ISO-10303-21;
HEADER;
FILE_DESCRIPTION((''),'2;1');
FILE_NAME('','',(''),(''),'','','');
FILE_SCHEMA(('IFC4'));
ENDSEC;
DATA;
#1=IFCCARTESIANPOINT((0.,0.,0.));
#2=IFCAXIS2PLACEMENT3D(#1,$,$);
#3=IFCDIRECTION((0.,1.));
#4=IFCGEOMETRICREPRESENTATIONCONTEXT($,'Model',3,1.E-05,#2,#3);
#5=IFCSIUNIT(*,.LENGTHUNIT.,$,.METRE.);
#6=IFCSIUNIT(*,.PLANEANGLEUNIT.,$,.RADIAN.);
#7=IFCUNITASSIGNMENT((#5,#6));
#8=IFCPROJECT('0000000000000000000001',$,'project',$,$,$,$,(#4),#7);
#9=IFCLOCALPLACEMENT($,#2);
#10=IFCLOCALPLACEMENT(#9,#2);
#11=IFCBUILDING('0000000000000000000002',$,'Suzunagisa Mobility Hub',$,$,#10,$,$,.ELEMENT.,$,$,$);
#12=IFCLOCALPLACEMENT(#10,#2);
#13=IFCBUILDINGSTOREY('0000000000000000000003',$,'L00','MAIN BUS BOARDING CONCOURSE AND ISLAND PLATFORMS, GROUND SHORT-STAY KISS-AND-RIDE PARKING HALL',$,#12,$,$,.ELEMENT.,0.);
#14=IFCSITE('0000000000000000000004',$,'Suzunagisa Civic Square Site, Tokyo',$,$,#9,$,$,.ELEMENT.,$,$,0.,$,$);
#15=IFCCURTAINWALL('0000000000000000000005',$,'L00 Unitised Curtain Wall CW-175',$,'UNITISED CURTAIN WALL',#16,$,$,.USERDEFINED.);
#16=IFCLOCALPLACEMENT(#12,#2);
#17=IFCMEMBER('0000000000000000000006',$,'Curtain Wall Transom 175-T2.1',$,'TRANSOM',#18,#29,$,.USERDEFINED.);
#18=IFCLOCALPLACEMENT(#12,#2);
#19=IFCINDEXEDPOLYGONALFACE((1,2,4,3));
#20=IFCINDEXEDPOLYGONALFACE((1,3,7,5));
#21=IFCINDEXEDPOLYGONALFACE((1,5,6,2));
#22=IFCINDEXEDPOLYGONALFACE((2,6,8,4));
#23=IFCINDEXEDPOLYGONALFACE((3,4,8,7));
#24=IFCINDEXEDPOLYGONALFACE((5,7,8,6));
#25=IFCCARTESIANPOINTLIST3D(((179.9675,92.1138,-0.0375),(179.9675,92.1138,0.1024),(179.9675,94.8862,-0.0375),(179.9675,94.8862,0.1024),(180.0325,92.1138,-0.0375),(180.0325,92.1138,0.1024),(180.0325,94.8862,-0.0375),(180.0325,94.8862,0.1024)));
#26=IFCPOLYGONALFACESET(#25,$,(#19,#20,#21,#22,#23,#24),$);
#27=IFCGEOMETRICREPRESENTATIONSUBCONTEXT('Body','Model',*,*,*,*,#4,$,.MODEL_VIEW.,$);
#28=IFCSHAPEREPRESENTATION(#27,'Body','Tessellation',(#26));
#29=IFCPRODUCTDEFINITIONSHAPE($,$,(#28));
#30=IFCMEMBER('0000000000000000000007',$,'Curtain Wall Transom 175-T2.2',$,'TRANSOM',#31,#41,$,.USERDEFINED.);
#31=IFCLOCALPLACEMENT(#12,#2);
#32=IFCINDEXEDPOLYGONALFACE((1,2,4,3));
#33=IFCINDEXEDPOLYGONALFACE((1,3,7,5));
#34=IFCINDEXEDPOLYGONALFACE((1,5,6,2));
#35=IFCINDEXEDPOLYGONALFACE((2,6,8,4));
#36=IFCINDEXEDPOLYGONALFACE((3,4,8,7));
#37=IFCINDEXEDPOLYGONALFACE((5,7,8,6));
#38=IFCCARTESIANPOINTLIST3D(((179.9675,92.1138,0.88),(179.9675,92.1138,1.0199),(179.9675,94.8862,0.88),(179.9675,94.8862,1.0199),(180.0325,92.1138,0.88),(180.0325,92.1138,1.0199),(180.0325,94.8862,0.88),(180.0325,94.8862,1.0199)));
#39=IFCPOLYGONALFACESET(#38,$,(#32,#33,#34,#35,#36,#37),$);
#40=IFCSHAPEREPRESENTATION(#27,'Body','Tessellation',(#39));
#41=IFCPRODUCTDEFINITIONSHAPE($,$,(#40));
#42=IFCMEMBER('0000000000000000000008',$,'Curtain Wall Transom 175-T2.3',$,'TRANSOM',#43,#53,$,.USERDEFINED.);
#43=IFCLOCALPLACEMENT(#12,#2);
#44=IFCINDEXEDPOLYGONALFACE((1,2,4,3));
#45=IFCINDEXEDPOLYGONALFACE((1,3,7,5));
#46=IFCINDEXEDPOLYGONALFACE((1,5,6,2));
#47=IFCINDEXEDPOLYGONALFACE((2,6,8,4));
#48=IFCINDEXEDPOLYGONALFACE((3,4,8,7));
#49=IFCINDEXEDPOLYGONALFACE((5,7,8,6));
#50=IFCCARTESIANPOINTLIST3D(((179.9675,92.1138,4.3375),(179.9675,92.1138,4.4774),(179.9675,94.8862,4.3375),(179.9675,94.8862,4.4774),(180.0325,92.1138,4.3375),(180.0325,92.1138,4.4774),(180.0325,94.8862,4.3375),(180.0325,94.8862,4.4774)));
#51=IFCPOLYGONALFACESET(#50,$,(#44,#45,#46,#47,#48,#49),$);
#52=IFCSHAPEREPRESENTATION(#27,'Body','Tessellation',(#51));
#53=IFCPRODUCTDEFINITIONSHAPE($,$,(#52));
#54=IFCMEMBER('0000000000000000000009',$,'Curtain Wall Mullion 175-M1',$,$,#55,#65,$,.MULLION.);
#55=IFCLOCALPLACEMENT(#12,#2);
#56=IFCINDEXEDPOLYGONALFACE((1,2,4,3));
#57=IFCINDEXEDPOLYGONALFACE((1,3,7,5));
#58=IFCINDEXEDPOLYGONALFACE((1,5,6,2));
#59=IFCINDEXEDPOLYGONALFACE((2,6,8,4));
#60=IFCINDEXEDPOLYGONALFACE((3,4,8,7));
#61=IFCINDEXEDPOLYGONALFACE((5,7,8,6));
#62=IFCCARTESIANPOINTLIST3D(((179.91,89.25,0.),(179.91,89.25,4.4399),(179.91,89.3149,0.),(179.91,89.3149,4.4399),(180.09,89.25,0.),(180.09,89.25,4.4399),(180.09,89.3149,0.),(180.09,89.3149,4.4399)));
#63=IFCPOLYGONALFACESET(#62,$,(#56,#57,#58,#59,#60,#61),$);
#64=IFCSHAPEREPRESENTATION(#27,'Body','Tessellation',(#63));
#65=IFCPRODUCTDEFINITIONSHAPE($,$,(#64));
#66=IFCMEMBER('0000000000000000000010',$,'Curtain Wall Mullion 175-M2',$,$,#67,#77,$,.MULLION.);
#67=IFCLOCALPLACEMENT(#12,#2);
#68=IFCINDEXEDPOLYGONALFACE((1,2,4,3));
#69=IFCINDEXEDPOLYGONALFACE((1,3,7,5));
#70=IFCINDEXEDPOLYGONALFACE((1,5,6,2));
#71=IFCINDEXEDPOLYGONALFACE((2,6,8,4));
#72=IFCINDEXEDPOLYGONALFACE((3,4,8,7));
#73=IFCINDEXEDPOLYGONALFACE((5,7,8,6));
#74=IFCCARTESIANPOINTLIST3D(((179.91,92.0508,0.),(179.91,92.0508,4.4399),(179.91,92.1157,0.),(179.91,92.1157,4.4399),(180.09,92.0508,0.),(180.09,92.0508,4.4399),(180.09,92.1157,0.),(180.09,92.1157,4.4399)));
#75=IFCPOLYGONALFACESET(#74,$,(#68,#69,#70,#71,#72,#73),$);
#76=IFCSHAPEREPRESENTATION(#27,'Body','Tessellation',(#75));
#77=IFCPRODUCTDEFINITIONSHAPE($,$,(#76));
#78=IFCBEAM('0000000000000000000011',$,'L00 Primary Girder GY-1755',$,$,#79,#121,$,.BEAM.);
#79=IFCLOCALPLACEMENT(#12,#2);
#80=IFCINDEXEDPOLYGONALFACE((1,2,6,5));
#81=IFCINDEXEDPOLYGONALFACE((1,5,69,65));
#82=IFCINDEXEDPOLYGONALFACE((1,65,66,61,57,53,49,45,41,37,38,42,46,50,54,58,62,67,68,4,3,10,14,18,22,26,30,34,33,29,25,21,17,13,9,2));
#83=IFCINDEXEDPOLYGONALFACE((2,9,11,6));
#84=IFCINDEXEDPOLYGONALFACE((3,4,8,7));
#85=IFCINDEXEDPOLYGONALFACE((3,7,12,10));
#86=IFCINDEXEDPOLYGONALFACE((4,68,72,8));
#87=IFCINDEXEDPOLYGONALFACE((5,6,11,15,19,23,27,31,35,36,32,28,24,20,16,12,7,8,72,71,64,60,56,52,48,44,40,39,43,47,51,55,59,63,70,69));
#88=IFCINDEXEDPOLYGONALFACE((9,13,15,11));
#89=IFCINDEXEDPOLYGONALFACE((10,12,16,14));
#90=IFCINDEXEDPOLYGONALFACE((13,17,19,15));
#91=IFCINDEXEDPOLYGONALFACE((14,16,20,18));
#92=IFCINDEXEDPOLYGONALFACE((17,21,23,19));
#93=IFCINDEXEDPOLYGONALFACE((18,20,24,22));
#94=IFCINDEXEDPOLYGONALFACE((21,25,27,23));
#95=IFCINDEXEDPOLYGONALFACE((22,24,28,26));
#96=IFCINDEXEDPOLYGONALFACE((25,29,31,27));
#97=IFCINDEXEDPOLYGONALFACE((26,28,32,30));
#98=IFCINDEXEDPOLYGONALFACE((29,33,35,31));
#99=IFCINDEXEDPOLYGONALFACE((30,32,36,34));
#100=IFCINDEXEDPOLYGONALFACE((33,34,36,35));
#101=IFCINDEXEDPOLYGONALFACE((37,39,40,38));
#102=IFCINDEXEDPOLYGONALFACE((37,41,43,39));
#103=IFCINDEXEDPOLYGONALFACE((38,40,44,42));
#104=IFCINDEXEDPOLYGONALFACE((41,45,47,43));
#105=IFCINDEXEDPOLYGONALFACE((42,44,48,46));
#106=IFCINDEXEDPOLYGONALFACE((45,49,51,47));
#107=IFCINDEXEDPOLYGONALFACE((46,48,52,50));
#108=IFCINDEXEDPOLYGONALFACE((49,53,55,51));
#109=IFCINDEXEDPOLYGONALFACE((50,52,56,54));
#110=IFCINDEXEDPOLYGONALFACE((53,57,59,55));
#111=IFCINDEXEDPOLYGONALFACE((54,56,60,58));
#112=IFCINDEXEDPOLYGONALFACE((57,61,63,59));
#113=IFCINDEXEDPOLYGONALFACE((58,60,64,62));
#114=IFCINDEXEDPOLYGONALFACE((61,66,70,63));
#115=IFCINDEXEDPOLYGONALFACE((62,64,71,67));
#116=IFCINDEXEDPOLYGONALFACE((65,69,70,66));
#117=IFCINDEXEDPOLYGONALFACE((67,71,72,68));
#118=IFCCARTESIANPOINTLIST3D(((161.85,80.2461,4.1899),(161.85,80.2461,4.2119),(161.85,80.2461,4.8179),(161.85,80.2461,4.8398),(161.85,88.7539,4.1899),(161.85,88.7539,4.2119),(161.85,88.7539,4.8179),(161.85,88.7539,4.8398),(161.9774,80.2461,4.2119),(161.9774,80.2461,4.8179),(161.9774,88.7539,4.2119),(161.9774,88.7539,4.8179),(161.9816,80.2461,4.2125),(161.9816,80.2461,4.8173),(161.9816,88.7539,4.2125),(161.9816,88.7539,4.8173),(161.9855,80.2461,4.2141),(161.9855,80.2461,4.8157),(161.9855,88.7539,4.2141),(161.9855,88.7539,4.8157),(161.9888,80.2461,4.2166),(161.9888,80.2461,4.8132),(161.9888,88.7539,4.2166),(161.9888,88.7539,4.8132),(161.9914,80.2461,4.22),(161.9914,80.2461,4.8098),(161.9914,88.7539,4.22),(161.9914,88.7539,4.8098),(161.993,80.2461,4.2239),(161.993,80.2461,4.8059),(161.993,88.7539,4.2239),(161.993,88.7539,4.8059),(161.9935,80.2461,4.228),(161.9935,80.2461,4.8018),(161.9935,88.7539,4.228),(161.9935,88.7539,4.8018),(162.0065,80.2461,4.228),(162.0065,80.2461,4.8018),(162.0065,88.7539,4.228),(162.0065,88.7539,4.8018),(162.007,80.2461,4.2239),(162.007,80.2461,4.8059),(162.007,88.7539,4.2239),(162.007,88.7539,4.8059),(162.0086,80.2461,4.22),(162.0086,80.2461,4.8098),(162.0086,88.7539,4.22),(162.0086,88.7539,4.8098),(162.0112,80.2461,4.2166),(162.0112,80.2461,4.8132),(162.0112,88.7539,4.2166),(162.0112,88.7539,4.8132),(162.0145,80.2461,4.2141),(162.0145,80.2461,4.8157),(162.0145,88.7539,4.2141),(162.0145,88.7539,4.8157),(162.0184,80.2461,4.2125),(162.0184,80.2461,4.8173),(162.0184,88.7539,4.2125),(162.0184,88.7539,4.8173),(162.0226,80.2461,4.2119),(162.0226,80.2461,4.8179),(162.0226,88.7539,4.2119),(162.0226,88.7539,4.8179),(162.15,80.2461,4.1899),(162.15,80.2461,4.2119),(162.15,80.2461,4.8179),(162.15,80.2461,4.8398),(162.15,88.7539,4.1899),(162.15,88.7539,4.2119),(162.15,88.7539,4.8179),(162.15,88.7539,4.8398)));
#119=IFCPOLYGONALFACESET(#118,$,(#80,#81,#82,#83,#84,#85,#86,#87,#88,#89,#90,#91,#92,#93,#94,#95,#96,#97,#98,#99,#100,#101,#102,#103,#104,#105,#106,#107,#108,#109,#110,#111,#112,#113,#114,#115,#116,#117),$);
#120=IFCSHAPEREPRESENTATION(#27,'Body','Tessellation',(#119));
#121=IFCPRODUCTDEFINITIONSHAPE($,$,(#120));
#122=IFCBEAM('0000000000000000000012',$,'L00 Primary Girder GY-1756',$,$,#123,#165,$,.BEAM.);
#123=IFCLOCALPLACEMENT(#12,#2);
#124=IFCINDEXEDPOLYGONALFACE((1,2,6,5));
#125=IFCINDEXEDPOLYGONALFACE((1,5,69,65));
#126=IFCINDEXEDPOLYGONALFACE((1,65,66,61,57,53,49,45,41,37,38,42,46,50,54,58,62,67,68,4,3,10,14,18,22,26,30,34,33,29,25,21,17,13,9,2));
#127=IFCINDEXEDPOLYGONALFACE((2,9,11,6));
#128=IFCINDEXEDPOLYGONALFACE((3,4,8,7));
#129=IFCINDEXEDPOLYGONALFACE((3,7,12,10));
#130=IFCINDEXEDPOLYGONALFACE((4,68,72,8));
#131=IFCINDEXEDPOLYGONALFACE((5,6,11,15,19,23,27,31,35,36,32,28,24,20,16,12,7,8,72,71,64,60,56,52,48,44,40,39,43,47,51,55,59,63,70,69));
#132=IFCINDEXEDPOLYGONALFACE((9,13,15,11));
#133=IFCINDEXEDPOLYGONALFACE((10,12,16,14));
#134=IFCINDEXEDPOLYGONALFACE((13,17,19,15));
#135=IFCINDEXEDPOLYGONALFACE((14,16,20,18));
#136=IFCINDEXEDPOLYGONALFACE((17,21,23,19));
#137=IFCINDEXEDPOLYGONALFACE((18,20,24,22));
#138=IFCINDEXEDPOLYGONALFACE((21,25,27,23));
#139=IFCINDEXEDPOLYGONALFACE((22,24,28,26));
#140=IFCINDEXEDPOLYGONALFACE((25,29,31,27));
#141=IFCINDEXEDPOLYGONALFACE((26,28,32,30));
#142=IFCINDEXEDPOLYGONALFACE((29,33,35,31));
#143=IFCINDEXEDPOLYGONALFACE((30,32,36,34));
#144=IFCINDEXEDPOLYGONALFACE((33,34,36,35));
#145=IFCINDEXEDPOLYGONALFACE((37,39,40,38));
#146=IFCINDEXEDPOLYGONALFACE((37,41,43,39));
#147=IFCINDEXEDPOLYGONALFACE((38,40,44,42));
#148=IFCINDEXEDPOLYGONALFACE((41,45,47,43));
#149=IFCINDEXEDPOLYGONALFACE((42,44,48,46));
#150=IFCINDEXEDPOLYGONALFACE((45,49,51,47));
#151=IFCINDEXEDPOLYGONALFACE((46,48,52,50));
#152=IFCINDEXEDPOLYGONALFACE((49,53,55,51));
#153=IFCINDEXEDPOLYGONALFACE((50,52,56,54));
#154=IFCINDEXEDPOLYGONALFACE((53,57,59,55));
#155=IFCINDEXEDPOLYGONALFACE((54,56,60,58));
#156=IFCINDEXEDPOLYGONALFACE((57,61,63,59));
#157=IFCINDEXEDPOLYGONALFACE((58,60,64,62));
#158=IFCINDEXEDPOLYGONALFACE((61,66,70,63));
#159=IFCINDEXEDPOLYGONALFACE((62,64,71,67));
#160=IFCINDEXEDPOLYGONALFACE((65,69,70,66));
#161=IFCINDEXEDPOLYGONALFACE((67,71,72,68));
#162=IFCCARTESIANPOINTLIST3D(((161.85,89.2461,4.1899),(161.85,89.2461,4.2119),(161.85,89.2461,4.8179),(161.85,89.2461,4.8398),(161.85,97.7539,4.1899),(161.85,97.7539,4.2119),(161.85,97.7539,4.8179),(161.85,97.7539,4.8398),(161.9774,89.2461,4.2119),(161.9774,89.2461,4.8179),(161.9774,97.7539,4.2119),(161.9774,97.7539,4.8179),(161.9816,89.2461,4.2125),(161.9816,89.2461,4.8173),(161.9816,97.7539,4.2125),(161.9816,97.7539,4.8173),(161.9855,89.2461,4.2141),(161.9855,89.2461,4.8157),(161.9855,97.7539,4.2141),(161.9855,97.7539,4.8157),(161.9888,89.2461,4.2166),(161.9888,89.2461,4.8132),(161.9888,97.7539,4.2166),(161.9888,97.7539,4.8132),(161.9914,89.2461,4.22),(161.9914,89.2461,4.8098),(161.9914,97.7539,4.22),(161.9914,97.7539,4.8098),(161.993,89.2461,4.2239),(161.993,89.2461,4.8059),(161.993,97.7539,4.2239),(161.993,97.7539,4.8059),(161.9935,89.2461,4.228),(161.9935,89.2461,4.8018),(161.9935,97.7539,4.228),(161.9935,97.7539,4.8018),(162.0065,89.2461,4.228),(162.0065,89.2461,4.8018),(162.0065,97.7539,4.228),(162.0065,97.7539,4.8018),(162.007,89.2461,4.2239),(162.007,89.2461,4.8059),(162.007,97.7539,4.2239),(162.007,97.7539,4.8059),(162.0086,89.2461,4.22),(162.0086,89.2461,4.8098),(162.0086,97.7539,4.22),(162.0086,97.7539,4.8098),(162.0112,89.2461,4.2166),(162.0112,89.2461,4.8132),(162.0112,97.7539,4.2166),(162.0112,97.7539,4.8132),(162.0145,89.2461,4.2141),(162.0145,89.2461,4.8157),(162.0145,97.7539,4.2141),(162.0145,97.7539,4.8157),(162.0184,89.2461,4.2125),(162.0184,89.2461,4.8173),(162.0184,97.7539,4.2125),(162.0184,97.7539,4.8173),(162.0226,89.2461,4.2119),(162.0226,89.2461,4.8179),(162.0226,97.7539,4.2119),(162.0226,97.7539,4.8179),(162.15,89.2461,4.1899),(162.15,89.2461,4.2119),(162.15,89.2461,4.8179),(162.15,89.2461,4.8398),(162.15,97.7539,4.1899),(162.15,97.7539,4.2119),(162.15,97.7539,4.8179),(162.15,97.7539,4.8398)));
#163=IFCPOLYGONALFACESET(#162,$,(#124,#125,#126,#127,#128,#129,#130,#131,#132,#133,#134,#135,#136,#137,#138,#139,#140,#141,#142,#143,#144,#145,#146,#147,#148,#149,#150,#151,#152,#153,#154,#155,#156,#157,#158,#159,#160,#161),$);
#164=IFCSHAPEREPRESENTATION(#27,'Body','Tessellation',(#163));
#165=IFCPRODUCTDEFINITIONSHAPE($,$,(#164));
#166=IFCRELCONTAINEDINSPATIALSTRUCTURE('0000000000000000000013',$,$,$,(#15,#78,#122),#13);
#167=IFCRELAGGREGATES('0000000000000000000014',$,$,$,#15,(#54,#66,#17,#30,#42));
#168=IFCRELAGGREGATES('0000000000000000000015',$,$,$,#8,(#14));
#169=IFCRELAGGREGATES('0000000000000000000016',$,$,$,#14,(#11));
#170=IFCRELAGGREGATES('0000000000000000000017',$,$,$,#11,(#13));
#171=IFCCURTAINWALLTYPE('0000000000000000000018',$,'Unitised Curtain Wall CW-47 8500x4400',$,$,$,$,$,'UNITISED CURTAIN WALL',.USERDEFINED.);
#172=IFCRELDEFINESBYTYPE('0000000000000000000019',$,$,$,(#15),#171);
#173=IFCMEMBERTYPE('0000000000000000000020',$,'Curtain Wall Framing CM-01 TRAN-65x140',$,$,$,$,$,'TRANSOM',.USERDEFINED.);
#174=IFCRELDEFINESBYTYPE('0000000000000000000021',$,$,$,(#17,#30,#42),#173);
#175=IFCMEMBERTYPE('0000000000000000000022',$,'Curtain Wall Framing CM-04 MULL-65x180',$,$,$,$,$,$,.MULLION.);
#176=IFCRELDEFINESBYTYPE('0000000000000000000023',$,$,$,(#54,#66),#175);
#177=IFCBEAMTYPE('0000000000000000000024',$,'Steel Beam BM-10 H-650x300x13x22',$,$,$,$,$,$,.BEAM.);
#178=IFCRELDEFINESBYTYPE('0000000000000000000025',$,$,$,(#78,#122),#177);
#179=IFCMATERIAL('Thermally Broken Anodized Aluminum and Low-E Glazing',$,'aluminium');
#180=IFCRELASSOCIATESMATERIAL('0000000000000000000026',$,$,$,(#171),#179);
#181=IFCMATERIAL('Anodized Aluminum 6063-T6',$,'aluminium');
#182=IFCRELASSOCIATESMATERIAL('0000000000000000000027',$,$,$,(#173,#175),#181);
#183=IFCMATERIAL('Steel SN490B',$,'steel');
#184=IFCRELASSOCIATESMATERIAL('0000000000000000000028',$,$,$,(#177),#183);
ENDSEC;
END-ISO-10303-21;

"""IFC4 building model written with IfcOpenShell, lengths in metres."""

from ifc_helpers import new_model, si_unit, direction, frame, origin, origin_2d, place, context, subcontext, project, spatial, rectangle, i_section, extrude, material, material_profile, profile_set, type_object, element, aggregate, save


model = new_model("IFC4")

# Units and contexts
model_context = context("Model", 3, precision=1e-05, world=origin(), true_north=direction((0.0, 1.0)))
body_context = subcontext(model_context, "Body", "Model", "MODEL_VIEW")
ifc_project = project(units=[si_unit("LENGTHUNIT", "METRE"), si_unit("PLANEANGLEUNIT", "RADIAN")], contexts=[model_context])

# Site, building, storey
site_placement = place(None, origin())
site = spatial("IfcSite", under=ifc_project, at=site_placement, Name="Suzunagisa Civic Square Site, Tokyo", CompositionType="ELEMENT", RefElevation=0.0)
building_placement = place(site_placement, origin())
building = spatial("IfcBuilding", under=site, at=building_placement, Name="Suzunagisa Mobility Hub", CompositionType="ELEMENT")
storey_placement = place(building_placement, origin())
storey = spatial("IfcBuildingStorey", under=building, at=storey_placement, Name="L00", Description="MAIN BUS BOARDING CONCOURSE AND ISLAND PLATFORMS, GROUND SHORT-STAY KISS-AND-RIDE PARKING HALL", CompositionType="ELEMENT", Elevation=0.0)

# Shared definitions
ifc_material_1 = material(Name="Steel SN490B", Category="steel")

# Curtain wall, members
ifc_material_2 = material(Name="Thermally Broken Anodized Aluminum and Low-E Glazing", Category="aluminium")
curtain_wall_type = type_object("IfcCurtainWallType", Name="Unitised Curtain Wall CW-47 8500x4400", ElementType="UNITISED CURTAIN WALL", PredefinedType="USERDEFINED", material=ifc_material_2)
curtain_wall_placement = place(storey_placement, origin())
curtain_wall = element("IfcCurtainWall", 1, at=curtain_wall_placement, inside=storey, type_object=curtain_wall_type, Name="L00 Unitised Curtain Wall CW-175", ObjectType="UNITISED CURTAIN WALL", PredefinedType="USERDEFINED")
ifc_material_3 = material(Name="Anodized Aluminum 6063-T6", Category="aluminium")
ifc_material_profile_1 = material_profile(ifc_material_3, rectangle(XDim=0.0649, YDim=0.1399, at=origin_2d()), Name="TRAN-65x140")
ifc_profile_set_1 = profile_set([ifc_material_profile_1], Name="Anodized Aluminum 6063-T6")
member_type_1 = type_object("IfcMemberType", Name="Curtain Wall Framing CM-01 TRAN-65x140", ElementType="TRANSOM", PredefinedType="USERDEFINED", material=ifc_profile_set_1)
member_1_placement = place(storey_placement, frame((180.0, 92.1138, 0.0325), z_axis=(0.0, 1.0, 0.0), x_axis=(-1.0, 0.0, 0.0)))
member_1 = element("IfcMember", 2, at=member_1_placement, type_object=member_type_1, Name="Curtain Wall Transom 175-T2.1", ObjectType="TRANSOM", PredefinedType="USERDEFINED", context=body_context, shape_type="SweptSolid", body=[
    extrude(rectangle(XDim=0.0649, YDim=0.1399, at=origin_2d()), origin(), (0.0, 0.0, 1.0), 2.7725),
])
member_2_placement = place(storey_placement, frame((180.0, 92.1138, 0.95), z_axis=(0.0, 1.0, 0.0), x_axis=(-1.0, 0.0, 0.0)))
member_2 = element("IfcMember", 3, at=member_2_placement, type_object=member_type_1, Name="Curtain Wall Transom 175-T2.2", ObjectType="TRANSOM", PredefinedType="USERDEFINED", context=body_context, shape_type="SweptSolid", body=[
    extrude(rectangle(XDim=0.0649, YDim=0.1399, at=origin_2d()), origin(), (0.0, 0.0, 1.0), 2.7725),
])
member_3_placement = place(storey_placement, frame((180.0, 92.1138, 4.4075), z_axis=(0.0, 1.0, 0.0), x_axis=(-1.0, 0.0, 0.0)))
member_3 = element("IfcMember", 4, at=member_3_placement, type_object=member_type_1, Name="Curtain Wall Transom 175-T2.3", ObjectType="TRANSOM", PredefinedType="USERDEFINED", context=body_context, shape_type="SweptSolid", body=[
    extrude(rectangle(XDim=0.0649, YDim=0.1399, at=origin_2d()), origin(), (0.0, 0.0, 1.0), 2.7725),
])
ifc_material_profile_2 = material_profile(ifc_material_3, rectangle(XDim=0.0649, YDim=0.1799, at=origin_2d()), Name="MULL-65x180")
ifc_profile_set_2 = profile_set([ifc_material_profile_2], Name="Anodized Aluminum 6063-T6")
member_type_2 = type_object("IfcMemberType", Name="Curtain Wall Framing CM-04 MULL-65x180", PredefinedType="MULLION", material=ifc_profile_set_2)
member_4_placement = place(storey_placement, frame((180.0, 89.2825, 0.0), z_axis=(0.0, 0.0, 1.0), x_axis=(0.0, 1.0, 0.0)))
member_4 = element("IfcMember", 5, at=member_4_placement, type_object=member_type_2, Name="Curtain Wall Mullion 175-M1", PredefinedType="MULLION", context=body_context, shape_type="SweptSolid", body=[
    extrude(rectangle(XDim=0.0649, YDim=0.1799, at=origin_2d()), origin(), (0.0, 0.0, 1.0), 4.4399),
])
member_5_placement = place(storey_placement, frame((180.0, 92.0833, 0.0), z_axis=(0.0, 0.0, 1.0), x_axis=(0.0, 1.0, 0.0)))
member_5 = element("IfcMember", 6, at=member_5_placement, type_object=member_type_2, Name="Curtain Wall Mullion 175-M2", PredefinedType="MULLION", context=body_context, shape_type="SweptSolid", body=[
    extrude(rectangle(XDim=0.0649, YDim=0.1799, at=origin_2d()), origin(), (0.0, 0.0, 1.0), 4.4399),
])

# Beams
ifc_material_profile_3 = material_profile(ifc_material_1, i_section(OverallWidth=0.3, OverallDepth=0.6499, WebThickness=0.0129, FlangeThickness=0.022, FilletRadius=0.0161, at=origin_2d()), Name="H-650x300x13x22")
ifc_profile_set_3 = profile_set([ifc_material_profile_3], Name="Steel SN490B")
beam_type_1 = type_object("IfcBeamType", Name="Steel Beam BM-10 H-650x300x13x22", PredefinedType="BEAM", material=ifc_profile_set_3)
for number, where, z_axis, x_axis, name in (
    (7, (162.0, 80.2461, 4.5149), (0.0, 1.0, 0.0), (-1.0, 0.0, 0.0), "L00 Primary Girder GY-1755"),
    (8, (162.0, 89.2461, 4.5149), (0.0, 1.0, 0.0), (-1.0, 0.0, 0.0), "L00 Primary Girder GY-1756"),
):
    element("IfcBeam", number, at=place(storey_placement, frame(where, z_axis=z_axis, x_axis=x_axis)), inside=storey, type_object=beam_type_1, Name=name, PredefinedType="BEAM", context=body_context, shape_type="SweptSolid", body=[
        extrude(i_section(OverallWidth=0.3, OverallDepth=0.6499, WebThickness=0.0129, FlangeThickness=0.022, FilletRadius=0.0161, at=origin_2d()), origin(), (0.0, 0.0, 1.0), 8.5078),
    ])

aggregate(curtain_wall, [member_4, member_5, member_1, member_2, member_3])

save(model, "model.ifc")
